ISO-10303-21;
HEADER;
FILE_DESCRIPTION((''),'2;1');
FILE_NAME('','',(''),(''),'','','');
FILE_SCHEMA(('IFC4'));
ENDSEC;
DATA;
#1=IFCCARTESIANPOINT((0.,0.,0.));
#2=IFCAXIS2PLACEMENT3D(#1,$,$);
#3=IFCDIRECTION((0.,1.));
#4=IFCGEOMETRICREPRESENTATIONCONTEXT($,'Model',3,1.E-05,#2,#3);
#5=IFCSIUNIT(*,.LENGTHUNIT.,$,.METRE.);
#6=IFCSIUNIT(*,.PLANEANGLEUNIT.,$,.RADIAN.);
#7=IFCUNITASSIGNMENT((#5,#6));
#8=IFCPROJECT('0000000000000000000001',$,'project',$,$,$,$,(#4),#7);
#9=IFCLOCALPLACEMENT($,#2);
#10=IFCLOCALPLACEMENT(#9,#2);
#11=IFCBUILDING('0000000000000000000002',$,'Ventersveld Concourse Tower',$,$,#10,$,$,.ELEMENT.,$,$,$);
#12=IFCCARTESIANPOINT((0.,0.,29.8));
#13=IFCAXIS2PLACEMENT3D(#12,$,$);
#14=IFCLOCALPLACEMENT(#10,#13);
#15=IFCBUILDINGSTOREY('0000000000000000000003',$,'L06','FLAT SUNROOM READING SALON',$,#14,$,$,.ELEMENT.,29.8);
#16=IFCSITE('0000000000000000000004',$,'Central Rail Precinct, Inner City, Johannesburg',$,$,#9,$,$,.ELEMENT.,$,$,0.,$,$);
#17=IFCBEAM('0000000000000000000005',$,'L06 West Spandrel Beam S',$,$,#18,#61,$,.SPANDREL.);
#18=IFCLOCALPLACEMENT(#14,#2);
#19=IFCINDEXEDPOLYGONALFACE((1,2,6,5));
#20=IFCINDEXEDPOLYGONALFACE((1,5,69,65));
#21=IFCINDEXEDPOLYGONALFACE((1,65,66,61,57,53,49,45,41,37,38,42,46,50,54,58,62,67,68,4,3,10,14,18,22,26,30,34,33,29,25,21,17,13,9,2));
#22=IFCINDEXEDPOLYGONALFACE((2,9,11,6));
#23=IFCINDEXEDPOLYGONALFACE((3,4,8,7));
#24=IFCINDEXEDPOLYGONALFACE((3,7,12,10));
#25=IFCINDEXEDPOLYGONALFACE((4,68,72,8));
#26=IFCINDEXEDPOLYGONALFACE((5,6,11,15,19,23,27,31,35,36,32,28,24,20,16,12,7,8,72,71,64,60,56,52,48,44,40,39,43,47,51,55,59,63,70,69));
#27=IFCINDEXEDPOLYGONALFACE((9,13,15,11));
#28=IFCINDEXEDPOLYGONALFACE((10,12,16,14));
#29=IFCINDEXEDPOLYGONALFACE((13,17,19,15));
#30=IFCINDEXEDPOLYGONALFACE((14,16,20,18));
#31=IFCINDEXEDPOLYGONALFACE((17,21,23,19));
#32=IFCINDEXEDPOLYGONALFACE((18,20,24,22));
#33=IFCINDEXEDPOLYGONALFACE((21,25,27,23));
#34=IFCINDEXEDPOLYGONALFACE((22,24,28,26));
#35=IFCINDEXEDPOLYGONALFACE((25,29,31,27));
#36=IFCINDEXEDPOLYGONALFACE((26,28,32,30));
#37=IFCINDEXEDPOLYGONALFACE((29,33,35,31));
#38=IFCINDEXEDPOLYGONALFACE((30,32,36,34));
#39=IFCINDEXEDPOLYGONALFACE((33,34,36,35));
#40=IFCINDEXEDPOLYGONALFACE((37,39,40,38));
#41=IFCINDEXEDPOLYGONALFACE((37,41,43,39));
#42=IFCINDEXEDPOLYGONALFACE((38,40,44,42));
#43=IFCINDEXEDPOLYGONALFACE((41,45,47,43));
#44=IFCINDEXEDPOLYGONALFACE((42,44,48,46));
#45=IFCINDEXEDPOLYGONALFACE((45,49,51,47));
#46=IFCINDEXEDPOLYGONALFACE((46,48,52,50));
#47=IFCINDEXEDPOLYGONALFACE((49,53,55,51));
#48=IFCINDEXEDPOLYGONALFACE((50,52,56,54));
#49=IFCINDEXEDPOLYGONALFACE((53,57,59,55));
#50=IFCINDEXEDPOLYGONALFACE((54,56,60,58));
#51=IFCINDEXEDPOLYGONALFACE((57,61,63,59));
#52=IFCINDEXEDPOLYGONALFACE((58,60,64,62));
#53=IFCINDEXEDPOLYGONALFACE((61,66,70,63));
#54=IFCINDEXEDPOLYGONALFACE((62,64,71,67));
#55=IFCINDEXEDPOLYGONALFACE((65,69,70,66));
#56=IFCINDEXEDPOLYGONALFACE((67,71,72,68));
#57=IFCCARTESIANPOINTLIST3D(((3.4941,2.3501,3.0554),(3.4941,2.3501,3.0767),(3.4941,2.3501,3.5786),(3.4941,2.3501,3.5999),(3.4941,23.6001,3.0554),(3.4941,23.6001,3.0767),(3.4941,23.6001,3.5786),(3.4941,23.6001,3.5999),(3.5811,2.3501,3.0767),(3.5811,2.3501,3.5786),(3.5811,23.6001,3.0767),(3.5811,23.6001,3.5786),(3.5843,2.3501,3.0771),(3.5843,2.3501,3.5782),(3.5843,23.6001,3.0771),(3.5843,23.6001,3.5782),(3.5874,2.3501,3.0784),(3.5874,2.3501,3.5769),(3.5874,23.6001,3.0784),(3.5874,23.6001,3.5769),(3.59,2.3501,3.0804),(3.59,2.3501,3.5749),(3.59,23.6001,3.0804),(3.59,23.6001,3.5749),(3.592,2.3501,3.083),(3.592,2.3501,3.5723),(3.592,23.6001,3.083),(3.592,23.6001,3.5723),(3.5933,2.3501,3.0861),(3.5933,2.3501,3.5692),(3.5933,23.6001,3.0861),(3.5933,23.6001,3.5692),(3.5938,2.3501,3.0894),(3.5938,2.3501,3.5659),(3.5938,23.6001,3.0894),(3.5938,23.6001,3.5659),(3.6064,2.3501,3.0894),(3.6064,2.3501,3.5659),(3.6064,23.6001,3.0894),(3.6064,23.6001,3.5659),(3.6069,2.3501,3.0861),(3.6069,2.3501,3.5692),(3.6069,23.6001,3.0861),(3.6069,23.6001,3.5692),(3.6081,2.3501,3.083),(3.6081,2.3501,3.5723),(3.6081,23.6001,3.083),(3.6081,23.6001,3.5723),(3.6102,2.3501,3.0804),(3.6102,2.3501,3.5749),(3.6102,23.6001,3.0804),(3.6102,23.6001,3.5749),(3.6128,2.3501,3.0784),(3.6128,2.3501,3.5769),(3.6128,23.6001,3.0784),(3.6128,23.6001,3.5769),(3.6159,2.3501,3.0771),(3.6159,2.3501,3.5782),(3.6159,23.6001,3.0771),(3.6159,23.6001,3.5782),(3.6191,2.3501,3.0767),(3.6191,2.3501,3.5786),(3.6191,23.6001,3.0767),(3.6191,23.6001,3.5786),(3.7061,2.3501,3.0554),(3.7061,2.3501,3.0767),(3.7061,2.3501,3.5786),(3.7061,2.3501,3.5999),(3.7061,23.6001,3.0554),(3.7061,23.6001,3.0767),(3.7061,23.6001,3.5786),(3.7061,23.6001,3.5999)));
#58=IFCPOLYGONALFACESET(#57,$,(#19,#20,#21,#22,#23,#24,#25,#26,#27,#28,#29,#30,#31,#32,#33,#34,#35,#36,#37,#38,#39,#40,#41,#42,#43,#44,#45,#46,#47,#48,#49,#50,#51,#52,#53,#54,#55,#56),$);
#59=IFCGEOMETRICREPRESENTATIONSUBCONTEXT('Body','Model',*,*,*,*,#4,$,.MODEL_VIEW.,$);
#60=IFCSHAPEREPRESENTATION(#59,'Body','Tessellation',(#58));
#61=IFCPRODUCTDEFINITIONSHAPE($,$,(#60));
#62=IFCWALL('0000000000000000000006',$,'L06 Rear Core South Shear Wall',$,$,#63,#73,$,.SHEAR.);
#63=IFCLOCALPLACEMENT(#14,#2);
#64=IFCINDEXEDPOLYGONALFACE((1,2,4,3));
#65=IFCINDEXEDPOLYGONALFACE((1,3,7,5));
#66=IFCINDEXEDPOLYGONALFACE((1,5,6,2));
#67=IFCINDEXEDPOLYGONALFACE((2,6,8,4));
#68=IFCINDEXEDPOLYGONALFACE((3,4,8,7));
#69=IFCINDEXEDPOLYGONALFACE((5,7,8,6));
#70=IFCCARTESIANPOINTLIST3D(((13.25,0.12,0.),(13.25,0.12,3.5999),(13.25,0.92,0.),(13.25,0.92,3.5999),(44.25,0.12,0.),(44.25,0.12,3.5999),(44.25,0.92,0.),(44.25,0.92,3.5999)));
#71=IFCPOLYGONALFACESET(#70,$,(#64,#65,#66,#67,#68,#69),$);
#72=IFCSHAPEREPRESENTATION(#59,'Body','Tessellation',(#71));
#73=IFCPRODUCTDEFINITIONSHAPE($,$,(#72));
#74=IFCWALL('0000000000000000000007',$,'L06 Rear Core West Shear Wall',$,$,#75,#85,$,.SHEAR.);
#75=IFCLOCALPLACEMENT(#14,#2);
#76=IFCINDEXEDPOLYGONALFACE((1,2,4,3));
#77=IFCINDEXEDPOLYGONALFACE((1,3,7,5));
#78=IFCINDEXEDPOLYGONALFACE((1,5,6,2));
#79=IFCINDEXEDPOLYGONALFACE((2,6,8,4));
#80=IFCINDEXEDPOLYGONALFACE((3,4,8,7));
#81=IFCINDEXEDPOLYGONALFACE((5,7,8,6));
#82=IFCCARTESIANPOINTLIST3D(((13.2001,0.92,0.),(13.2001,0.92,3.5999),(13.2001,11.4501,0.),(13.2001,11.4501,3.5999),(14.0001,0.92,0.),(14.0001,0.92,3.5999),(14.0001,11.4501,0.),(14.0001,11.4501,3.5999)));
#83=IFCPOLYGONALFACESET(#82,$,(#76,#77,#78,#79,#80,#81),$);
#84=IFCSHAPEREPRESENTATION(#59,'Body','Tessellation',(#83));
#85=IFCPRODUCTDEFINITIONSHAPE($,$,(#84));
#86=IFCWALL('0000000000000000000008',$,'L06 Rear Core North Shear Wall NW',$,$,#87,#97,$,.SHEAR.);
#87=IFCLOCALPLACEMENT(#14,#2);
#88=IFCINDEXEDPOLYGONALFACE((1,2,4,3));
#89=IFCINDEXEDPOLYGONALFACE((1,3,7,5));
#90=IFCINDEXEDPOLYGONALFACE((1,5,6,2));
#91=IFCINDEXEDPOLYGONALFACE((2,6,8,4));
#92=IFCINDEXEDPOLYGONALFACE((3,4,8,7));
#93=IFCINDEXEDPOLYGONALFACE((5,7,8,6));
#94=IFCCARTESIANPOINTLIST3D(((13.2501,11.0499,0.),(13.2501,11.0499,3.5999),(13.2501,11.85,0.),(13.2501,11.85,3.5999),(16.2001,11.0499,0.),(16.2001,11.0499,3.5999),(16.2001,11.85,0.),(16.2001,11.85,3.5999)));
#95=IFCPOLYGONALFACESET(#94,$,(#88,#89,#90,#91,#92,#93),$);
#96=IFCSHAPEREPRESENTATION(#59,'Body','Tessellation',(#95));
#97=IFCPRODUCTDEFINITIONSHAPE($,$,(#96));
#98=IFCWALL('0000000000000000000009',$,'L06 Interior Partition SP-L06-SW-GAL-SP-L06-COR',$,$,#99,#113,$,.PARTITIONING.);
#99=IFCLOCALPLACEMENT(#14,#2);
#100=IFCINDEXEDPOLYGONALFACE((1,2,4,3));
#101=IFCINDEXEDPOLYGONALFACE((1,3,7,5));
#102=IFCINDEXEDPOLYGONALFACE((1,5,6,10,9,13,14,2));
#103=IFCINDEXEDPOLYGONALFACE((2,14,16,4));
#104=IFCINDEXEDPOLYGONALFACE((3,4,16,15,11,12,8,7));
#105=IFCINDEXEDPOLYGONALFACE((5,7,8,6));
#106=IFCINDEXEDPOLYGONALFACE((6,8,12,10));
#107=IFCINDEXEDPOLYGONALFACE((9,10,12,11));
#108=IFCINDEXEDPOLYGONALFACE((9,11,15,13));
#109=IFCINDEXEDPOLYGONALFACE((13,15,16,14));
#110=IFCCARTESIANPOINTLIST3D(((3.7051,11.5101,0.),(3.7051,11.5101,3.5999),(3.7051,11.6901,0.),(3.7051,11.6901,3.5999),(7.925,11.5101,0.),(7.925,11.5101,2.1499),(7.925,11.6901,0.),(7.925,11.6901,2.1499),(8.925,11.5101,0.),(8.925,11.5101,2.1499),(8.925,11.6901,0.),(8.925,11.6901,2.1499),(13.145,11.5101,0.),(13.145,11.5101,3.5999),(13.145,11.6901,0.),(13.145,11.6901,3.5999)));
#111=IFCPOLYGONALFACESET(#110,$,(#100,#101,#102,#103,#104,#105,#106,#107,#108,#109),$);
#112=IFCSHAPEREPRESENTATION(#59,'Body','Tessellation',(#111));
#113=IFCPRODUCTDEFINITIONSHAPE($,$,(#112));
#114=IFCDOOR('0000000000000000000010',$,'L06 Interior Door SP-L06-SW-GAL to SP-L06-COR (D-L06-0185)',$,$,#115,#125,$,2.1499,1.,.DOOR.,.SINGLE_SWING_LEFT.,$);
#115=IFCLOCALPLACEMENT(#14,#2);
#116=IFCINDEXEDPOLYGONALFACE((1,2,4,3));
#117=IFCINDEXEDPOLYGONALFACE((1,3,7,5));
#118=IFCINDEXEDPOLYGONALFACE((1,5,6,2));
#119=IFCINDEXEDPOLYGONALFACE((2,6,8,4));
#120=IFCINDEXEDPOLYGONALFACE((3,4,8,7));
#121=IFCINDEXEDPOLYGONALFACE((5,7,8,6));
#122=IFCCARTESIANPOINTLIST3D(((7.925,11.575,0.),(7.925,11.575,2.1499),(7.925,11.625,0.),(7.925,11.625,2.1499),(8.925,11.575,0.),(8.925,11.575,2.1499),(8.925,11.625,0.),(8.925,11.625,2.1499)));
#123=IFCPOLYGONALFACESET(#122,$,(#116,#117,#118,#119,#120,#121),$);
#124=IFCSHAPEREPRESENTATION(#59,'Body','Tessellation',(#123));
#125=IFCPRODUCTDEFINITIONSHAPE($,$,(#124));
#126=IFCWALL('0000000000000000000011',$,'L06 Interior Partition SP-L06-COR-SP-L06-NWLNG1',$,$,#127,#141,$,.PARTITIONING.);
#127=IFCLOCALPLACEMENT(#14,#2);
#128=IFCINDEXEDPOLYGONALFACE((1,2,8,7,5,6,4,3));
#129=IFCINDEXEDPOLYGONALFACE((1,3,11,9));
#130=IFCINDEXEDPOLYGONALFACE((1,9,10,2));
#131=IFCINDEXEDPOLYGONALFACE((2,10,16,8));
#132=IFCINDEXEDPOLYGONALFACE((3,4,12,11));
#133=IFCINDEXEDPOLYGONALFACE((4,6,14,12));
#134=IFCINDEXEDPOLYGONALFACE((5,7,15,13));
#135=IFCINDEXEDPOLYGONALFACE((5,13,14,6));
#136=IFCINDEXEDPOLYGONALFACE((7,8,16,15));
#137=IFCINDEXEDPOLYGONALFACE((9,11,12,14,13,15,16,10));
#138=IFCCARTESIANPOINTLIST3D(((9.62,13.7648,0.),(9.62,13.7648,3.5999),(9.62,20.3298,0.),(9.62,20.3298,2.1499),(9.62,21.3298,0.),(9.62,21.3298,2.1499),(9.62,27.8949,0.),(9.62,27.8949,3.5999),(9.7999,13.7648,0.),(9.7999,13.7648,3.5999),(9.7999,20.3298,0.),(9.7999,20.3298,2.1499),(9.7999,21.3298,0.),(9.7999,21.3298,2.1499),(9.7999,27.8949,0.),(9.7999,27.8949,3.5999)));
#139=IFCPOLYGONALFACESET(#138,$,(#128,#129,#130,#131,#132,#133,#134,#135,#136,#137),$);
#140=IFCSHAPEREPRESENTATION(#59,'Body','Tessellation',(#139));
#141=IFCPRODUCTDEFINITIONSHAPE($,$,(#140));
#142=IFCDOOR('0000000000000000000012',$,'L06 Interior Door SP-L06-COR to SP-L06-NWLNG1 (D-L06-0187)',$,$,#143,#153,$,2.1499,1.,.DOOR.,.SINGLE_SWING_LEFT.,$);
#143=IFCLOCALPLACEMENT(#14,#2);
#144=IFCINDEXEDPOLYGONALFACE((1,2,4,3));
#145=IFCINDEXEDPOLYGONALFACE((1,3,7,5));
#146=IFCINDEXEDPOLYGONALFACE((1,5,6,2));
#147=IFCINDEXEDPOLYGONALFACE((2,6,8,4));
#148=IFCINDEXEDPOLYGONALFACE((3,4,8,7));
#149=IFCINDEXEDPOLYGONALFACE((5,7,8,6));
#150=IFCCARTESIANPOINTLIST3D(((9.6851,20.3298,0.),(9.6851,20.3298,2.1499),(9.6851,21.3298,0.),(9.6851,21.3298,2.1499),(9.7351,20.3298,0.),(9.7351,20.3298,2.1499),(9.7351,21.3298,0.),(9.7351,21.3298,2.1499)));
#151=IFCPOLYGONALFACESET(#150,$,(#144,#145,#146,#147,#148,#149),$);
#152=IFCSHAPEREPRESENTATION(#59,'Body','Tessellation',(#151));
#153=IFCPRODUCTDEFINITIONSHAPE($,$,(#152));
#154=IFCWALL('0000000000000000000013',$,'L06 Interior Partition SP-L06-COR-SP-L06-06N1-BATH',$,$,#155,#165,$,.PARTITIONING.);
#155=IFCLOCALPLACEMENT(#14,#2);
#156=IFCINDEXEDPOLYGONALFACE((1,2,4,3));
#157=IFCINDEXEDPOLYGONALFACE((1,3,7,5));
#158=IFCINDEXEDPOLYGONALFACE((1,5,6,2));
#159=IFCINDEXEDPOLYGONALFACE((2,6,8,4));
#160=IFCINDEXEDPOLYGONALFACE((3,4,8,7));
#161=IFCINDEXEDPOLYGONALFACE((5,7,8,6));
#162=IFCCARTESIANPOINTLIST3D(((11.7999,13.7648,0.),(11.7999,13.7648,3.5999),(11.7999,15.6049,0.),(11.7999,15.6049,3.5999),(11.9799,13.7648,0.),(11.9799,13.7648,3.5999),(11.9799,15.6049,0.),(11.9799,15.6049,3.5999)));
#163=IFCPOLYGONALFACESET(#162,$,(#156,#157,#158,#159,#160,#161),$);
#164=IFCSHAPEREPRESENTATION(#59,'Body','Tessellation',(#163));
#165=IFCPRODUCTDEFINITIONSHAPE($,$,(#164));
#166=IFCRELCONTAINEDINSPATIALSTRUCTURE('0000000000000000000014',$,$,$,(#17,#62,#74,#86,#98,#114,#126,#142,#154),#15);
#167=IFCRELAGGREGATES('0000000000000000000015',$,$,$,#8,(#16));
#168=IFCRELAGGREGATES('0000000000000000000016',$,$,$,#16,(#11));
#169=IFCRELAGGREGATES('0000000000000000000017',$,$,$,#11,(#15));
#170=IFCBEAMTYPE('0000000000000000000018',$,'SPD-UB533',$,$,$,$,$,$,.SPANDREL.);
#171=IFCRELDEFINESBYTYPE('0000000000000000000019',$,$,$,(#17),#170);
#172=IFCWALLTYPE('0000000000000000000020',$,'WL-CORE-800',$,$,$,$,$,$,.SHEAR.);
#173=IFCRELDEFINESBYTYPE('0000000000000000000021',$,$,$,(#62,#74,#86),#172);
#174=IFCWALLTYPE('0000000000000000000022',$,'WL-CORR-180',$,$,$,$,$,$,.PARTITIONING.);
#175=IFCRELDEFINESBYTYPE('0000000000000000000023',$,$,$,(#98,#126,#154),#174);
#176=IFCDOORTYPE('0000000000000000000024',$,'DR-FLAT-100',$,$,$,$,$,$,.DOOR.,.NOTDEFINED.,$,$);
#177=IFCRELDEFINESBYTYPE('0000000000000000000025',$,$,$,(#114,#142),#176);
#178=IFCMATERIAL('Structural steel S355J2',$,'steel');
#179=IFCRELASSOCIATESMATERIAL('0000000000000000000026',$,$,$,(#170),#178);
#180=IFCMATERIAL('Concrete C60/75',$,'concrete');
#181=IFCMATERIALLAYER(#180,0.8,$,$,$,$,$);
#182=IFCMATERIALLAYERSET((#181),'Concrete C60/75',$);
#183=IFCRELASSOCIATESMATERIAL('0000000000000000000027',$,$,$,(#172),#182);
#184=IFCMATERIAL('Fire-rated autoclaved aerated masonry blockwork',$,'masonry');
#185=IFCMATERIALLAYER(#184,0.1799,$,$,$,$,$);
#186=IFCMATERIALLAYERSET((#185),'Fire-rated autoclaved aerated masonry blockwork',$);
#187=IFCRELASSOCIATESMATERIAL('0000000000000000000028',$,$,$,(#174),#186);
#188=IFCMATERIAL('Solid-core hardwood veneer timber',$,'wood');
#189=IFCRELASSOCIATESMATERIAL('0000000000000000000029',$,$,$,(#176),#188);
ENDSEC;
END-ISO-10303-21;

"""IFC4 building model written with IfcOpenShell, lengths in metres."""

from ifc_helpers import new_model, si_unit, direction, frame, frame_2d, origin, origin_2d, place, context, subcontext, project, spatial, rectangle, i_section, extrude, material, layer, layer_set, material_profile, profile_set, type_object, element, fill, save


model = new_model("IFC4")

# Units and contexts
model_context = context("Model", 3, precision=1e-05, world=origin(), true_north=direction((0.0, 1.0)))
body_context = subcontext(model_context, "Body", "Model", "MODEL_VIEW")
ifc_project = project(units=[si_unit("LENGTHUNIT", "METRE"), si_unit("PLANEANGLEUNIT", "RADIAN")], contexts=[model_context])

# Site, building, storey
site_placement = place(None, origin())
site = spatial("IfcSite", under=ifc_project, at=site_placement, Name="Central Rail Precinct, Inner City, Johannesburg", CompositionType="ELEMENT", RefElevation=0.0)
building_placement = place(site_placement, origin())
building = spatial("IfcBuilding", under=site, at=building_placement, Name="Ventersveld Concourse Tower", CompositionType="ELEMENT")
storey_placement = place(building_placement, frame((0.0, 0.0, 29.8)))
storey = spatial("IfcBuildingStorey", under=building, at=storey_placement, Name="L06", Description="FLAT SUNROOM READING SALON", CompositionType="ELEMENT", Elevation=29.8)

# Beam
ifc_material_1 = material(Name="Structural steel S355J2", Category="steel")
ifc_material_profile_1 = material_profile(ifc_material_1, i_section(OverallWidth=0.2119, OverallDepth=0.5444, WebThickness=0.0127, FlangeThickness=0.0212, FilletRadius=0.0127, at=origin_2d()), Name="UB 533x210x122")
ifc_profile_set_1 = profile_set([ifc_material_profile_1], Name="Structural steel S355J2")
beam_type_1 = type_object("IfcBeamType", Name="SPD-UB533", PredefinedType="SPANDREL", material=ifc_profile_set_1)
beam_1_placement = place(storey_placement, frame((3.6001, 2.3501, 3.3276), z_axis=(0.0, 1.0, 0.0), x_axis=(-1.0, 0.0, 0.0)))
element("IfcBeam", 1, at=beam_1_placement, inside=storey, type_object=beam_type_1, Name="L06 West Spandrel Beam S", PredefinedType="SPANDREL", context=body_context, shape_type="SweptSolid", body=[
    extrude(i_section(OverallWidth=0.2119, OverallDepth=0.5444, WebThickness=0.0127, FlangeThickness=0.0212, FilletRadius=0.0127, at=origin_2d()), origin(), (0.0, 0.0, 1.0), 21.25),
])

# Walls
ifc_material_2 = material(Name="Concrete C60/75", Category="concrete")
ifc_layer_1 = layer(ifc_material_2, 0.8)
ifc_layer_set_1 = layer_set([ifc_layer_1], Name="Concrete C60/75")
wall_type_1 = type_object("IfcWallType", Name="WL-CORE-800", PredefinedType="SHEAR", material=ifc_layer_set_1)
wall_1_placement = place(storey_placement, frame((13.25, 0.52, 0.0), z_axis=(0.0, 0.0, 1.0), x_axis=(1.0, 0.0, 0.0)))
element("IfcWall", 2, at=wall_1_placement, inside=storey, type_object=wall_type_1, Name="L06 Rear Core South Shear Wall", PredefinedType="SHEAR", context=body_context, shape_type="SweptSolid", body=[
    extrude(rectangle(XDim=31.0, YDim=0.8, at=frame_2d((15.5, 0.0))), origin(), (0.0, 0.0, 1.0), 3.5999),
])
wall_2_placement = place(storey_placement, frame((13.6001, 0.9199, 0.0), z_axis=(0.0, 0.0, 1.0), x_axis=(0.0, 1.0, 0.0)))
element("IfcWall", 3, at=wall_2_placement, inside=storey, type_object=wall_type_1, Name="L06 Rear Core West Shear Wall", PredefinedType="SHEAR", context=body_context, shape_type="SweptSolid", body=[
    extrude(rectangle(XDim=10.53, YDim=0.8, at=frame_2d((5.2651, 0.0))), origin(), (0.0, 0.0, 1.0), 3.5999),
])
wall_3_placement = place(storey_placement, frame((13.25, 11.45, 0.0), z_axis=(0.0, 0.0, 1.0), x_axis=(1.0, 0.0, 0.0)))
element("IfcWall", 4, at=wall_3_placement, inside=storey, type_object=wall_type_1, Name="L06 Rear Core North Shear Wall NW", PredefinedType="SHEAR", context=body_context, shape_type="SweptSolid", body=[
    extrude(rectangle(XDim=2.95, YDim=0.8, at=frame_2d((1.4751, 0.0))), origin(), (0.0, 0.0, 1.0), 3.5999),
])

# Walls, openings, doors
ifc_material_3 = material(Name="Fire-rated autoclaved aerated masonry blockwork", Category="masonry")
ifc_layer_2 = layer(ifc_material_3, 0.1799)
ifc_layer_set_2 = layer_set([ifc_layer_2], Name="Fire-rated autoclaved aerated masonry blockwork")
wall_type_2 = type_object("IfcWallType", Name="WL-CORR-180", PredefinedType="PARTITIONING", material=ifc_layer_set_2)
wall_4_placement = place(storey_placement, frame((3.7051, 11.6001, 0.0), z_axis=(0.0, 0.0, 1.0), x_axis=(1.0, 0.0, 0.0)))
wall_4 = element("IfcWall", 5, at=wall_4_placement, inside=storey, type_object=wall_type_2, Name="L06 Interior Partition SP-L06-SW-GAL-SP-L06-COR", PredefinedType="PARTITIONING", context=body_context, shape_type="SweptSolid", body=[
    extrude(rectangle(XDim=9.4399, YDim=0.1799, at=frame_2d((4.72, 0.0))), origin(), (0.0, 0.0, 1.0), 3.5999),
])
opening_1_placement = place(wall_4_placement, frame((4.22, 0.0, 0.0)))
opening_1 = element("IfcOpeningElement", 6, at=opening_1_placement, cuts=wall_4, PredefinedType="OPENING", context=body_context, shape_type="SweptSolid", body=[
    extrude(rectangle(XDim=1.0, YDim=2.1499, at=frame_2d((0.5, 1.075))), frame((0.0, 0.1001, 0.0), z_axis=(0.0, -1.0, 0.0), x_axis=(1.0, 0.0, 0.0)), (0.0, 0.0, 1.0), 0.2),
])
ifc_material_4 = material(Name="Solid-core hardwood veneer timber", Category="wood")
door_type_1 = type_object("IfcDoorType", Name="DR-FLAT-100", OperationType="NOTDEFINED", PredefinedType="DOOR", material=ifc_material_4)
door_1_placement = place(opening_1_placement, origin())
door_1 = element("IfcDoor", 7, at=door_1_placement, inside=storey, type_object=door_type_1, Name="L06 Interior Door SP-L06-SW-GAL to SP-L06-COR (D-L06-0185)", OperationType="SINGLE_SWING_LEFT", OverallHeight=2.1499, OverallWidth=1.0, PredefinedType="DOOR", context=body_context, shape_type="SweptSolid", body=[
    extrude(rectangle(XDim=1.0, YDim=2.1499, at=frame_2d((0.5, 1.075))), frame((0.0, 0.0249, 0.0), z_axis=(0.0, -1.0, 0.0), x_axis=(1.0, 0.0, 0.0)), (0.0, 0.0, 1.0), 0.05),
])
fill(opening_1, door_1)
wall_5_placement = place(storey_placement, frame((9.71, 13.7649, 0.0), z_axis=(0.0, 0.0, 1.0), x_axis=(0.0, 1.0, 0.0)))
wall_5 = element("IfcWall", 8, at=wall_5_placement, inside=storey, type_object=wall_type_2, Name="L06 Interior Partition SP-L06-COR-SP-L06-NWLNG1", PredefinedType="PARTITIONING", context=body_context, shape_type="SweptSolid", body=[
    extrude(rectangle(XDim=14.1301, YDim=0.1799, at=frame_2d((7.0649, 0.0))), origin(), (0.0, 0.0, 1.0), 3.5999),
])
opening_2_placement = place(wall_5_placement, frame((6.5649, 0.0, 0.0)))
opening_2 = element("IfcOpeningElement", 9, at=opening_2_placement, cuts=wall_5, PredefinedType="OPENING", context=body_context, shape_type="SweptSolid", body=[
    extrude(rectangle(XDim=1.0, YDim=2.1499, at=frame_2d((0.5, 1.075))), frame((0.0, 0.1001, 0.0), z_axis=(0.0, -1.0, 0.0), x_axis=(1.0, 0.0, 0.0)), (0.0, 0.0, 1.0), 0.2),
])
door_2_placement = place(opening_2_placement, origin())
door_2 = element("IfcDoor", 10, at=door_2_placement, inside=storey, type_object=door_type_1, Name="L06 Interior Door SP-L06-COR to SP-L06-NWLNG1 (D-L06-0187)", OperationType="SINGLE_SWING_LEFT", OverallHeight=2.1499, OverallWidth=1.0, PredefinedType="DOOR", context=body_context, shape_type="SweptSolid", body=[
    extrude(rectangle(XDim=1.0, YDim=2.1499, at=frame_2d((0.5, 1.075))), frame((0.0, 0.0249, 0.0), z_axis=(0.0, -1.0, 0.0), x_axis=(1.0, 0.0, 0.0)), (0.0, 0.0, 1.0), 0.05),
])
fill(opening_2, door_2)

# Wall
wall_6_placement = place(storey_placement, frame((11.8899, 13.7649, 0.0), z_axis=(0.0, 0.0, 1.0), x_axis=(0.0, 1.0, 0.0)))
element("IfcWall", 11, at=wall_6_placement, inside=storey, type_object=wall_type_2, Name="L06 Interior Partition SP-L06-COR-SP-L06-06N1-BATH", PredefinedType="PARTITIONING", context=body_context, shape_type="SweptSolid", body=[
    extrude(rectangle(XDim=1.8401, YDim=0.1799, at=frame_2d((0.9199, 0.0))), origin(), (0.0, 0.0, 1.0), 3.5999),
])

save(model, "model.ifc")
